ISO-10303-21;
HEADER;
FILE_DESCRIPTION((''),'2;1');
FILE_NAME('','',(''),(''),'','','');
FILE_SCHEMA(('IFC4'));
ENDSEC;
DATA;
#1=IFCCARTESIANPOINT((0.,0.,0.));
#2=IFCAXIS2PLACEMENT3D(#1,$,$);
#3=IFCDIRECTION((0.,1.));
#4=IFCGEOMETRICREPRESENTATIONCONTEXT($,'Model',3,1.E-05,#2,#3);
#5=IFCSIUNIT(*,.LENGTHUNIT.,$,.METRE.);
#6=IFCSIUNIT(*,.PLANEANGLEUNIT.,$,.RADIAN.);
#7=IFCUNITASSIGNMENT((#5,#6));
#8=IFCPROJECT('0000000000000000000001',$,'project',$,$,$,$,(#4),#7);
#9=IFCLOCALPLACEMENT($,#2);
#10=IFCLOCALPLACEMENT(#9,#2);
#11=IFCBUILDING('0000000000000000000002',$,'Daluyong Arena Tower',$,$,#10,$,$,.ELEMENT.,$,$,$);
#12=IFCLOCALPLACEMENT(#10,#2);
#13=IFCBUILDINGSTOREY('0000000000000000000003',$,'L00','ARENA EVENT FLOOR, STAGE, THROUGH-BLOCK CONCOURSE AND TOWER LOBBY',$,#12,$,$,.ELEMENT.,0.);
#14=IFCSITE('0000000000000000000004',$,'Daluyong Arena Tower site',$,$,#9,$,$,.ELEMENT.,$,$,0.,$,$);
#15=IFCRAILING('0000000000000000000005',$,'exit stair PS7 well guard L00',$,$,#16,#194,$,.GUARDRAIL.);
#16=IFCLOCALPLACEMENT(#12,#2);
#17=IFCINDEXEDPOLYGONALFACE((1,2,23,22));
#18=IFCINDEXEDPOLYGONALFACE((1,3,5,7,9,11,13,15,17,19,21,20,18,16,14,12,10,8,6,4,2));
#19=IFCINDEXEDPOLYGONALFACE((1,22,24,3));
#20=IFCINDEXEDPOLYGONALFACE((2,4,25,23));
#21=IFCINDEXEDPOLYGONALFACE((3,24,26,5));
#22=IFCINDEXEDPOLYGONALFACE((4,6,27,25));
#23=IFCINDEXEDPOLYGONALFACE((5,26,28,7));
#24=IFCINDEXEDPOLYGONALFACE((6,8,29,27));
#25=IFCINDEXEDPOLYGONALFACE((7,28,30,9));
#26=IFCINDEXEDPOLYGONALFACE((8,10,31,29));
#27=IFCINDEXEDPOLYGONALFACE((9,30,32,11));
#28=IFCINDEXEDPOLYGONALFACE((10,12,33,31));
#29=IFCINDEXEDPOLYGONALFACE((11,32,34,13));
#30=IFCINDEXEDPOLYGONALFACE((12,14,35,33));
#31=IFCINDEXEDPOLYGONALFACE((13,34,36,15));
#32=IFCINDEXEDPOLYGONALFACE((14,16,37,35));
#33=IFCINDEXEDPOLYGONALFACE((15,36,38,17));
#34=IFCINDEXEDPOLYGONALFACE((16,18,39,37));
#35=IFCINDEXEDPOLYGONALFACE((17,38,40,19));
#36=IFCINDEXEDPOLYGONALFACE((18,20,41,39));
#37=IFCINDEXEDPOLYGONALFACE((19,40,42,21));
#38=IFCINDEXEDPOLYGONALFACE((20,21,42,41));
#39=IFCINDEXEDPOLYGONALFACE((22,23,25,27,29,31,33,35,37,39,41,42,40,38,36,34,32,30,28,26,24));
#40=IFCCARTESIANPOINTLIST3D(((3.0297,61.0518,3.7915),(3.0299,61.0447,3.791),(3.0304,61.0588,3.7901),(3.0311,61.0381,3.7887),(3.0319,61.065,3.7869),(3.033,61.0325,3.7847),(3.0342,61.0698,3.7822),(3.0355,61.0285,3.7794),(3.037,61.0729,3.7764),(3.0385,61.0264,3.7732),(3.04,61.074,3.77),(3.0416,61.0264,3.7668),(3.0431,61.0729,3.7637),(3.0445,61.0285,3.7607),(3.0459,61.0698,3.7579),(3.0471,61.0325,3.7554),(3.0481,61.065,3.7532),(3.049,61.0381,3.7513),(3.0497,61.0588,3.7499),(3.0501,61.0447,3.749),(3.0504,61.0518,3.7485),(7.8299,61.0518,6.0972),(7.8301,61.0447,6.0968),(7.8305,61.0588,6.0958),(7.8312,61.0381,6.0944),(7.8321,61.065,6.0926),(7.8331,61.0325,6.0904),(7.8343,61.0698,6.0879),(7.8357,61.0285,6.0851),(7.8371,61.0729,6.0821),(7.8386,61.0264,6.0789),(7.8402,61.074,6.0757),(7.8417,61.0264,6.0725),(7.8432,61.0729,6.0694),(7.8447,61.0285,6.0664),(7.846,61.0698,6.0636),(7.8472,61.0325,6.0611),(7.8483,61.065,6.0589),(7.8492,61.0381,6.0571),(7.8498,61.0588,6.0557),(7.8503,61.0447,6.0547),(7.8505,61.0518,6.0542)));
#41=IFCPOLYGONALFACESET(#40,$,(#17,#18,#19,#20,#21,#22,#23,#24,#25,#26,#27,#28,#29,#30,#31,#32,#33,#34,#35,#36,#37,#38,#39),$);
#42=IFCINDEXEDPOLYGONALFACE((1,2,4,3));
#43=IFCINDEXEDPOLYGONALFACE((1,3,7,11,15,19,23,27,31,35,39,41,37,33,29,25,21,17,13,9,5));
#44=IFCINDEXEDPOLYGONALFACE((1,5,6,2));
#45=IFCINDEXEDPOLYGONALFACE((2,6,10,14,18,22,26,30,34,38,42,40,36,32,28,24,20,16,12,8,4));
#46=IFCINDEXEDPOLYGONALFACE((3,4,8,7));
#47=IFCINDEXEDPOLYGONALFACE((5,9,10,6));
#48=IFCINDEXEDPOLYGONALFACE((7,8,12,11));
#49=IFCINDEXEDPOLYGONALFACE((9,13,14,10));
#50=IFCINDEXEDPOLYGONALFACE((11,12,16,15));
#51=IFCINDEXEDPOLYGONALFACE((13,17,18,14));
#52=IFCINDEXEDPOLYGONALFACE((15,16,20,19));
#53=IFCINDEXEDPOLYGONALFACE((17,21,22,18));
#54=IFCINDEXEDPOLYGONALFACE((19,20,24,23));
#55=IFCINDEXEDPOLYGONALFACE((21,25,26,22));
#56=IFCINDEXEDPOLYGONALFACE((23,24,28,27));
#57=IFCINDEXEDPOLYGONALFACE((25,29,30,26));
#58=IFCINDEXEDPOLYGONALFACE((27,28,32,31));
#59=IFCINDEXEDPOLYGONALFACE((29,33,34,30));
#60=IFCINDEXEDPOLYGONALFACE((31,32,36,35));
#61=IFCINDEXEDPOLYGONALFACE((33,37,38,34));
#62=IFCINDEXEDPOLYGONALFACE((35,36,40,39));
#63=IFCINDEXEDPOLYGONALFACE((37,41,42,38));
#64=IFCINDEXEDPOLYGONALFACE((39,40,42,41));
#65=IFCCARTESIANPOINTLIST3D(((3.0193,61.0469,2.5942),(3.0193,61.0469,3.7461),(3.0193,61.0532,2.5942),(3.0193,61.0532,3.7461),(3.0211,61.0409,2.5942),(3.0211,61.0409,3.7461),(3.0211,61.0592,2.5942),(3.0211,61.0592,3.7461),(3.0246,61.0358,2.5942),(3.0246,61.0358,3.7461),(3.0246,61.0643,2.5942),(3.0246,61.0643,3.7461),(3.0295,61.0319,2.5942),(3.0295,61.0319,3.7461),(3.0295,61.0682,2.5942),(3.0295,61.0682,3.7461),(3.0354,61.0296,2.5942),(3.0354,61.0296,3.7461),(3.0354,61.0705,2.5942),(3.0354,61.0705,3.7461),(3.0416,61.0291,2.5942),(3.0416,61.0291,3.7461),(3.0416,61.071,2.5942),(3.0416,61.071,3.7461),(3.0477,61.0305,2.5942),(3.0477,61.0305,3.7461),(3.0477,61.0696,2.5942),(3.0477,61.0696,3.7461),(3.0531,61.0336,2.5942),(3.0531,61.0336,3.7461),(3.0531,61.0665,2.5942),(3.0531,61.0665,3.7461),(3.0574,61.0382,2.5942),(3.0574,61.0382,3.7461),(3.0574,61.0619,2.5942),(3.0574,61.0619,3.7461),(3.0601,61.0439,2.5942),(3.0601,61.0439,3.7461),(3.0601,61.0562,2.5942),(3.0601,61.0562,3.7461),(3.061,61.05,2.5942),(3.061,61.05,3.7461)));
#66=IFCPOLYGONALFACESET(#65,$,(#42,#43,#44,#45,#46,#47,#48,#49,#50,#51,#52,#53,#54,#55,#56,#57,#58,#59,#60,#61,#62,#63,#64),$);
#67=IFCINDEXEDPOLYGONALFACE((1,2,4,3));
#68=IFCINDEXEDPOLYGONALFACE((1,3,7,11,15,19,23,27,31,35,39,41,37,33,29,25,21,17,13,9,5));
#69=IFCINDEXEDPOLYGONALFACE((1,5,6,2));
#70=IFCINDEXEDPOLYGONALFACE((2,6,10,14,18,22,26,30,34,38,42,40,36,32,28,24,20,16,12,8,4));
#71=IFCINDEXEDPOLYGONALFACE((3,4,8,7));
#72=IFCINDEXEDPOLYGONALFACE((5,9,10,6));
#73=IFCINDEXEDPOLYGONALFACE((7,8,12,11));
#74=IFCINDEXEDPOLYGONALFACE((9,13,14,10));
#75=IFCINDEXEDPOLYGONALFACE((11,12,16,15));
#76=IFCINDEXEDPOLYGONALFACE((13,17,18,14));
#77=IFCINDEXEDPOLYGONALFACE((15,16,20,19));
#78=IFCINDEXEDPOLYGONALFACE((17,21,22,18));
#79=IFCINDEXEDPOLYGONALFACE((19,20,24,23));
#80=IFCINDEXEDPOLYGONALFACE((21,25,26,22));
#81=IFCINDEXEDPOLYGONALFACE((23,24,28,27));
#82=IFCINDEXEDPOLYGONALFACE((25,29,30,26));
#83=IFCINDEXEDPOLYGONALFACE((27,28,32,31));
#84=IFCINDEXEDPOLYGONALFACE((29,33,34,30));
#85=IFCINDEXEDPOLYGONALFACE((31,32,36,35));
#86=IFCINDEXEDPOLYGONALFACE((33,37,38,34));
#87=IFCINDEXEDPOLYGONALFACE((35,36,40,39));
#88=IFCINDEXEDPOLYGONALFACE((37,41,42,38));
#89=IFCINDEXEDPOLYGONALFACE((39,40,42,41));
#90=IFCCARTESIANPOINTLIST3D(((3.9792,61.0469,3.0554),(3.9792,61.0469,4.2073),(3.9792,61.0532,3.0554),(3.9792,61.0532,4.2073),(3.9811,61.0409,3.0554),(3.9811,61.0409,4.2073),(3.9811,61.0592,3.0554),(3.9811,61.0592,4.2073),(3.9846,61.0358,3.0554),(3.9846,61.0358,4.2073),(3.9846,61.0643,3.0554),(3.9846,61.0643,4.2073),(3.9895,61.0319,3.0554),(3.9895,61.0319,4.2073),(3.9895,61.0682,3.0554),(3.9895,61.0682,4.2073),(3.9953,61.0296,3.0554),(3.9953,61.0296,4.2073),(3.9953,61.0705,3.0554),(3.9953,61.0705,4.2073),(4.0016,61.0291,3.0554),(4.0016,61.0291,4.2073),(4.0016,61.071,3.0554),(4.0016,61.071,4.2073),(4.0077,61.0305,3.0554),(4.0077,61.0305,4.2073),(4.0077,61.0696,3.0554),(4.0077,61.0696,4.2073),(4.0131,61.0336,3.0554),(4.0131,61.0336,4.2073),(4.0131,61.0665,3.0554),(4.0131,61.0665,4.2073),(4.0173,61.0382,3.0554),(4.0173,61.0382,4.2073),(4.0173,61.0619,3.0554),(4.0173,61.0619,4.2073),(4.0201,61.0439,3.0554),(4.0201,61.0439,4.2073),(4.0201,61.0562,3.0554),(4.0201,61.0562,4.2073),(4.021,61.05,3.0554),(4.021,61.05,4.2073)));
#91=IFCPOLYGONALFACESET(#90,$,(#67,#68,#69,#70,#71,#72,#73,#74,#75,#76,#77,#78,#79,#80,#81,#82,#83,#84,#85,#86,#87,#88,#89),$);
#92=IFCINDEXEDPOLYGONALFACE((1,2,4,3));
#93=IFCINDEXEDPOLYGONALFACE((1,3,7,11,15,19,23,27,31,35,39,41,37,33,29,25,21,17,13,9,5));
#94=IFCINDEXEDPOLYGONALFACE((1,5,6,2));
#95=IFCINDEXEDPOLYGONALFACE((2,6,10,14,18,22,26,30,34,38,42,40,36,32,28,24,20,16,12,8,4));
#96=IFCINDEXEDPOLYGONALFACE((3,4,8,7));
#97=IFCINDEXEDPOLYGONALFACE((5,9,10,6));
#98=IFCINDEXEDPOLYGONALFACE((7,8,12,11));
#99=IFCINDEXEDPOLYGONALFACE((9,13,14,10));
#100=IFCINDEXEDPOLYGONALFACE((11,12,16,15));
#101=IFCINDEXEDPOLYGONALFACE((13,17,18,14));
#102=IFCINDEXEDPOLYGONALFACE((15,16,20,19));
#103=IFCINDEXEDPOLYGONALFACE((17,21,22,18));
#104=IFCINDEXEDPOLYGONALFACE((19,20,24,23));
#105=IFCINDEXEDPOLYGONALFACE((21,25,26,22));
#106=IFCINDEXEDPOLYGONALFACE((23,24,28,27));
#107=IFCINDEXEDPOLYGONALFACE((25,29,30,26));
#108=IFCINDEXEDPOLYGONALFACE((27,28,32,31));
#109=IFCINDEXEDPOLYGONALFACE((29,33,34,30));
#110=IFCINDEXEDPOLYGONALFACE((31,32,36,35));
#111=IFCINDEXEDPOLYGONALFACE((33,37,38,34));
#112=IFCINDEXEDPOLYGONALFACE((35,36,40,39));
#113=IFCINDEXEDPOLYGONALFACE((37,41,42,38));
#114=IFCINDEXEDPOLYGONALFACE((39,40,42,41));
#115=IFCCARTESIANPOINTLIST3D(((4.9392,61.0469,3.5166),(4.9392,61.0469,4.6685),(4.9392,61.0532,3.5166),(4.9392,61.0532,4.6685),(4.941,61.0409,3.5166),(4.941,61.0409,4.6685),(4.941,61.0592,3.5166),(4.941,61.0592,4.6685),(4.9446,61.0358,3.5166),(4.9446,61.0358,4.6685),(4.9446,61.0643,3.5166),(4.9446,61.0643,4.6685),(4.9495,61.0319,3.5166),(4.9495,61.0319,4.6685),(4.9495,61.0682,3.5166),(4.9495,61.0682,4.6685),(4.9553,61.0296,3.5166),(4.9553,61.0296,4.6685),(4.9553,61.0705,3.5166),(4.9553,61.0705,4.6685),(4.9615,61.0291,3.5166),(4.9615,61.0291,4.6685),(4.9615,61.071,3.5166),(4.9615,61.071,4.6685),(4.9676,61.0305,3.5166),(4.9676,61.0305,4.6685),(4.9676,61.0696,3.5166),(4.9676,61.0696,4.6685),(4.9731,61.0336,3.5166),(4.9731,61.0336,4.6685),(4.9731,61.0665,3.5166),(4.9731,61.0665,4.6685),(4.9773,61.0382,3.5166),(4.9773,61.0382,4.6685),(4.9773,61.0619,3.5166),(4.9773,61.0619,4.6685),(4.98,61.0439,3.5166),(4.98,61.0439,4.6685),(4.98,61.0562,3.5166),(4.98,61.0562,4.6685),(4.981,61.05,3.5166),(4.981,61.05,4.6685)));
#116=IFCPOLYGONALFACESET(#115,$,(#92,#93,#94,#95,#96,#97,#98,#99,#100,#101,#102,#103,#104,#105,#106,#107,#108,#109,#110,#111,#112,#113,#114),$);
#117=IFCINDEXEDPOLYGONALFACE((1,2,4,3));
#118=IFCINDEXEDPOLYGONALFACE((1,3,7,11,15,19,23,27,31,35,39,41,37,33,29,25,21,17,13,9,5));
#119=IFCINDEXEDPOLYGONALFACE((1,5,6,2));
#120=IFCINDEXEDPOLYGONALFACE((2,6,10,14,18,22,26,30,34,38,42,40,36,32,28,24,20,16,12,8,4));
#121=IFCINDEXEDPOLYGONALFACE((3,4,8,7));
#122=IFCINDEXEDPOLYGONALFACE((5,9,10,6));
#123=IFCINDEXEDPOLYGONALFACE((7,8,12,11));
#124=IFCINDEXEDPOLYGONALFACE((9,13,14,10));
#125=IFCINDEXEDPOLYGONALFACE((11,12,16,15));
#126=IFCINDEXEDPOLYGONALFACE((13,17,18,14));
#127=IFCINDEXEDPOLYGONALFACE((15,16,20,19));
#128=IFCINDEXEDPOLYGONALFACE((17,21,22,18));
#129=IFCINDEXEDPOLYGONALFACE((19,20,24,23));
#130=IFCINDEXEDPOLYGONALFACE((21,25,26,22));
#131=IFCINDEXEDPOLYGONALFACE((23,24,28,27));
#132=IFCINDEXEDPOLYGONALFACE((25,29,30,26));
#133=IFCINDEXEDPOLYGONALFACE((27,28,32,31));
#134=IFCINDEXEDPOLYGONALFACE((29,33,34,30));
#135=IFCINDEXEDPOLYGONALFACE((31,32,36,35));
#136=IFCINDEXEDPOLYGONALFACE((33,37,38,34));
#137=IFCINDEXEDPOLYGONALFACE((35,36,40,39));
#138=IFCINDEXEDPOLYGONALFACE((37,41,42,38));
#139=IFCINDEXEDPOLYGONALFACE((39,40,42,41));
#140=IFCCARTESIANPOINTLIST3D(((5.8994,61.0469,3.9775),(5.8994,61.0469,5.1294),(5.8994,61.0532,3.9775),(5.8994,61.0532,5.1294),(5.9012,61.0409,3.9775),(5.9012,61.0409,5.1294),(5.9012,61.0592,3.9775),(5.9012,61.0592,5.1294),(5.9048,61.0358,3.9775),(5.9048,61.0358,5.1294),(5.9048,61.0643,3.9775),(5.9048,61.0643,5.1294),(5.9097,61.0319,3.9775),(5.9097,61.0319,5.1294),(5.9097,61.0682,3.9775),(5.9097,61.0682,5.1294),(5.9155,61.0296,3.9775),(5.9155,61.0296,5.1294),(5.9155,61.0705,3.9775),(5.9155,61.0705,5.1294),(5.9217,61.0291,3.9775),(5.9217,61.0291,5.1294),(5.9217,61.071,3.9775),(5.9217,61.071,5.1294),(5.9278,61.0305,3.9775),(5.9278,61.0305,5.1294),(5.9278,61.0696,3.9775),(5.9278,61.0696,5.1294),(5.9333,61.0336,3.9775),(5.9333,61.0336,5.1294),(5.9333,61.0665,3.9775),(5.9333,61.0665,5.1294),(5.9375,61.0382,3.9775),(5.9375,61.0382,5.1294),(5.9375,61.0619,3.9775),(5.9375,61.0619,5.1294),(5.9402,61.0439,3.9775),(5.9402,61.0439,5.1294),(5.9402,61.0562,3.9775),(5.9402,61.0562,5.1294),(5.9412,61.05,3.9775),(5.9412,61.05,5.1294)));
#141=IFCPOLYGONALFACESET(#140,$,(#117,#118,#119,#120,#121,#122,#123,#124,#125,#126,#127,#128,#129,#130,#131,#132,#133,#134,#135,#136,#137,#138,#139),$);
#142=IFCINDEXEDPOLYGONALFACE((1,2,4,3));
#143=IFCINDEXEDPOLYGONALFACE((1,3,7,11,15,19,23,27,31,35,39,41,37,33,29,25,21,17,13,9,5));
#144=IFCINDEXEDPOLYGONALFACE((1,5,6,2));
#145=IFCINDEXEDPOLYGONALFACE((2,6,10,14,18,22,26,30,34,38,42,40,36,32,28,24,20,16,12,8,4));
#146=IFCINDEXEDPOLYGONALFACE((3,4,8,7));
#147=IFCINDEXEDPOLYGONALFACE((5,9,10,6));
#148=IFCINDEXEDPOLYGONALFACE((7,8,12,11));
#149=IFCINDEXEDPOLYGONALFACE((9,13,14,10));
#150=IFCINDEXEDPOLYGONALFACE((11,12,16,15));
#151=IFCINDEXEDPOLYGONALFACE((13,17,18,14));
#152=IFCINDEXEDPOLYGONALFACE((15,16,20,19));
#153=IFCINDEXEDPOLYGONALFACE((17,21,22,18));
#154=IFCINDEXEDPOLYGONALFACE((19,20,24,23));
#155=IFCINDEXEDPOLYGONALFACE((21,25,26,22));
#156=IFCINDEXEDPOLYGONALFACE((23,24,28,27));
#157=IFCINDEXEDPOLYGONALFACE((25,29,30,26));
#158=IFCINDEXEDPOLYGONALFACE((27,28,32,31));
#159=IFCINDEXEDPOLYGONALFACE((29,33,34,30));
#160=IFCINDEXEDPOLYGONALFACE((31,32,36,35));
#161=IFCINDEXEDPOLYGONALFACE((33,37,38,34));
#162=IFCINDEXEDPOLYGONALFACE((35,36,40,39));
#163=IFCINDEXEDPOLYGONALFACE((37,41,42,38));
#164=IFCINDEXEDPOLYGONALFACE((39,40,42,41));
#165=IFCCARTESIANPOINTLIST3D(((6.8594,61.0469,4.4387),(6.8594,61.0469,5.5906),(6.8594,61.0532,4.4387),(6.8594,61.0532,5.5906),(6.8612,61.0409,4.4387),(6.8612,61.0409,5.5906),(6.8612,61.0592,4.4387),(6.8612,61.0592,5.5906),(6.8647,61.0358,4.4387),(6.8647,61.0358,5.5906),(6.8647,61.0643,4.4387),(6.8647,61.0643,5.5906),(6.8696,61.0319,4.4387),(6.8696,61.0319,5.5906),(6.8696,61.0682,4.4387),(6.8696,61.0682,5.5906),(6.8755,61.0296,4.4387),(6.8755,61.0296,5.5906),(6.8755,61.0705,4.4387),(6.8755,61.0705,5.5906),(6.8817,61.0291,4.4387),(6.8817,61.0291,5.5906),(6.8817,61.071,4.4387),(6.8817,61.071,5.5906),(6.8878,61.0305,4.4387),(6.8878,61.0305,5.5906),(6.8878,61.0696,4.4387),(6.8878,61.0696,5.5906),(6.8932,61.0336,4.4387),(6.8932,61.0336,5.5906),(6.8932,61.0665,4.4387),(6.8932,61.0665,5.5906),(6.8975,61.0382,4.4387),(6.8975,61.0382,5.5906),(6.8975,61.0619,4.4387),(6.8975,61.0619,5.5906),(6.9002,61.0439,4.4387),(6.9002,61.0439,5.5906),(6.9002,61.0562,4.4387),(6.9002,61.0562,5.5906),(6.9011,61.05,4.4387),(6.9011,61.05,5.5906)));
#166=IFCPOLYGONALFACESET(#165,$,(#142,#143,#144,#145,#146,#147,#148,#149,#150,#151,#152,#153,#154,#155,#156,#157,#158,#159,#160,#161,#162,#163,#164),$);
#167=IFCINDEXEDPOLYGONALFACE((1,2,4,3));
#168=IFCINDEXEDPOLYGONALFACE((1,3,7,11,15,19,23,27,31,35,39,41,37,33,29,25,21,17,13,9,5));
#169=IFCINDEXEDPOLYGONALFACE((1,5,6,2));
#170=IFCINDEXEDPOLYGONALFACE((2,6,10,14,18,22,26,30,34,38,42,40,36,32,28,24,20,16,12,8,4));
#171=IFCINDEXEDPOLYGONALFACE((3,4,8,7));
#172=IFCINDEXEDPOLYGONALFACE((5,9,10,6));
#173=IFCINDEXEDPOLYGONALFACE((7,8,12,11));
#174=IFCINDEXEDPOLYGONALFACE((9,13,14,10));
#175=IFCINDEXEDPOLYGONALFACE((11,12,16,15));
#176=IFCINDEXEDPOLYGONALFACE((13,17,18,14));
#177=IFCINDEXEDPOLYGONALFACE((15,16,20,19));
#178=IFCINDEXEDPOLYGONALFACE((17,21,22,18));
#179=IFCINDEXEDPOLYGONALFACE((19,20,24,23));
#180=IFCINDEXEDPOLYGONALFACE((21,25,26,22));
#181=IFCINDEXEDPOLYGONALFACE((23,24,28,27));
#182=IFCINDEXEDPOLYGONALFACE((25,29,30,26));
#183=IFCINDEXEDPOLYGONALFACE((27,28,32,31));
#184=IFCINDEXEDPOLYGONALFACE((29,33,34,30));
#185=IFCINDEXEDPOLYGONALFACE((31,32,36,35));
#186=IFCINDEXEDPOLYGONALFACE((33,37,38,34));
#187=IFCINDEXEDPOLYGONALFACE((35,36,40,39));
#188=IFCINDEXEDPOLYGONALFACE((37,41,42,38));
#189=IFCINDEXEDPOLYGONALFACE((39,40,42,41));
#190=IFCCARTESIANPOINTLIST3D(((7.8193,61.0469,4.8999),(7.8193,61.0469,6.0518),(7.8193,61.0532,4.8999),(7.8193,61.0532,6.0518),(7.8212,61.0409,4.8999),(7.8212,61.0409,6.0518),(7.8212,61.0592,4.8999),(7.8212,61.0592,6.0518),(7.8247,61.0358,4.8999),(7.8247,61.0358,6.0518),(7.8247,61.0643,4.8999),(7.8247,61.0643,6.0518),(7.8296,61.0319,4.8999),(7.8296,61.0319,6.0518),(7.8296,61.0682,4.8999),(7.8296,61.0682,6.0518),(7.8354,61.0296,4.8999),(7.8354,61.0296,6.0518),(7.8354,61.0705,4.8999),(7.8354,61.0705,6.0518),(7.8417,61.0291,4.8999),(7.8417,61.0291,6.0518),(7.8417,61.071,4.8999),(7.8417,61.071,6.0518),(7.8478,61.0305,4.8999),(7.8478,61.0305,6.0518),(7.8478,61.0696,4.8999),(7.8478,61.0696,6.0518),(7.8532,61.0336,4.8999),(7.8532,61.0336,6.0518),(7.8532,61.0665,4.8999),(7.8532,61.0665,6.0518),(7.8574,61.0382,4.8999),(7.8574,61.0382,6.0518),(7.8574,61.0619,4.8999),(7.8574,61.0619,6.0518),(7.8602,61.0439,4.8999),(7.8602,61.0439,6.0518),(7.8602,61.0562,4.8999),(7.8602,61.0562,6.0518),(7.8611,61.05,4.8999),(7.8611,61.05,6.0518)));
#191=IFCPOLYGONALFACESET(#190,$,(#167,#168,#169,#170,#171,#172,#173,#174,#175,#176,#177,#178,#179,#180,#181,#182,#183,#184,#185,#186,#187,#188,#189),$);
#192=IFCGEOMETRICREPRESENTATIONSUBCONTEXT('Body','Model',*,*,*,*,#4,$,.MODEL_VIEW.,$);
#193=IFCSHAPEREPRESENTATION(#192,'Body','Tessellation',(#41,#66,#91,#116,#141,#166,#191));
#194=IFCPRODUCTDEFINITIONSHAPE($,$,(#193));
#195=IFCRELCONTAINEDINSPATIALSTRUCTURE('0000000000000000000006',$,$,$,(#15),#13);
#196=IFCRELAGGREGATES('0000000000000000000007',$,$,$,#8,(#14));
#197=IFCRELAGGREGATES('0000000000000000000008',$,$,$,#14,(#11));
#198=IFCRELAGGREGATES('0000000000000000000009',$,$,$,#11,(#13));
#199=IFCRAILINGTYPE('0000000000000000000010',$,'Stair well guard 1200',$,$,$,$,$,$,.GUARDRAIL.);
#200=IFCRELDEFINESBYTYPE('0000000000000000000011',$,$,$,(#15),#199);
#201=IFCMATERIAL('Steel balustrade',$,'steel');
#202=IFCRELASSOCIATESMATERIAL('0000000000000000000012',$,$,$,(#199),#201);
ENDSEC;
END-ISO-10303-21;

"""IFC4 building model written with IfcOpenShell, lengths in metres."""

from ifc_helpers import new_model, si_unit, direction, frame, origin, origin_2d, place, context, subcontext, project, spatial, circle, extrude, material, type_object, element, save


model = new_model("IFC4")

# Units and contexts
model_context = context("Model", 3, precision=1e-05, world=origin(), true_north=direction((0.0, 1.0)))
body_context = subcontext(model_context, "Body", "Model", "MODEL_VIEW")
ifc_project = project(units=[si_unit("LENGTHUNIT", "METRE"), si_unit("PLANEANGLEUNIT", "RADIAN")], contexts=[model_context])

# Site, building, storey
site_placement = place(None, origin())
site = spatial("IfcSite", under=ifc_project, at=site_placement, Name="Daluyong Arena Tower site", CompositionType="ELEMENT", RefElevation=0.0)
building_placement = place(site_placement, origin())
building = spatial("IfcBuilding", under=site, at=building_placement, Name="Daluyong Arena Tower", CompositionType="ELEMENT")
storey_placement = place(building_placement, origin())
storey = spatial("IfcBuildingStorey", under=building, at=storey_placement, Name="L00", Description="ARENA EVENT FLOOR, STAGE, THROUGH-BLOCK CONCOURSE AND TOWER LOBBY", CompositionType="ELEMENT", Elevation=0.0)

# Railing
ifc_material_1 = material(Name="Steel balustrade", Category="steel")
railing_type_1 = type_object("IfcRailingType", Name="Stair well guard 1200", PredefinedType="GUARDRAIL", material=ifc_material_1)
railing_1_placement = place(storey_placement, frame((3.04, 61.05, 2.5942)))
element("IfcRailing", 1, at=railing_1_placement, inside=storey, type_object=railing_type_1, Name="exit stair PS7 well guard L00", PredefinedType="GUARDRAIL", context=body_context, shape_type="SweptSolid", body=[
    extrude(circle(Radius=0.0239, at=origin_2d()), frame((0.0, 0.0, 1.1758), z_axis=(0.901403, 0.0, 0.432981), x_axis=(0.0, 1.0, 0.0)), (0.0, 0.0, 1.0), 5.3252),
    extrude(circle(Radius=0.021, at=origin_2d()), origin(), (0.0, 0.0, 1.0), 1.1519),
    extrude(circle(Radius=0.021, at=origin_2d()), frame((0.96, 0.0, 0.4612)), (0.0, 0.0, 1.0), 1.1519),
    extrude(circle(Radius=0.021, at=origin_2d()), frame((1.9199, 0.0, 0.9224)), (0.0, 0.0, 1.0), 1.1519),
    extrude(circle(Radius=0.021, at=origin_2d()), frame((2.8801, 0.0, 1.3833)), (0.0, 0.0, 1.0), 1.1519),
    extrude(circle(Radius=0.021, at=origin_2d()), frame((3.8401, 0.0, 1.8445)), (0.0, 0.0, 1.0), 1.1519),
    extrude(circle(Radius=0.021, at=origin_2d()), frame((4.8, 0.0, 2.3057)), (0.0, 0.0, 1.0), 1.1519),
])

save(model, "model.ifc")
